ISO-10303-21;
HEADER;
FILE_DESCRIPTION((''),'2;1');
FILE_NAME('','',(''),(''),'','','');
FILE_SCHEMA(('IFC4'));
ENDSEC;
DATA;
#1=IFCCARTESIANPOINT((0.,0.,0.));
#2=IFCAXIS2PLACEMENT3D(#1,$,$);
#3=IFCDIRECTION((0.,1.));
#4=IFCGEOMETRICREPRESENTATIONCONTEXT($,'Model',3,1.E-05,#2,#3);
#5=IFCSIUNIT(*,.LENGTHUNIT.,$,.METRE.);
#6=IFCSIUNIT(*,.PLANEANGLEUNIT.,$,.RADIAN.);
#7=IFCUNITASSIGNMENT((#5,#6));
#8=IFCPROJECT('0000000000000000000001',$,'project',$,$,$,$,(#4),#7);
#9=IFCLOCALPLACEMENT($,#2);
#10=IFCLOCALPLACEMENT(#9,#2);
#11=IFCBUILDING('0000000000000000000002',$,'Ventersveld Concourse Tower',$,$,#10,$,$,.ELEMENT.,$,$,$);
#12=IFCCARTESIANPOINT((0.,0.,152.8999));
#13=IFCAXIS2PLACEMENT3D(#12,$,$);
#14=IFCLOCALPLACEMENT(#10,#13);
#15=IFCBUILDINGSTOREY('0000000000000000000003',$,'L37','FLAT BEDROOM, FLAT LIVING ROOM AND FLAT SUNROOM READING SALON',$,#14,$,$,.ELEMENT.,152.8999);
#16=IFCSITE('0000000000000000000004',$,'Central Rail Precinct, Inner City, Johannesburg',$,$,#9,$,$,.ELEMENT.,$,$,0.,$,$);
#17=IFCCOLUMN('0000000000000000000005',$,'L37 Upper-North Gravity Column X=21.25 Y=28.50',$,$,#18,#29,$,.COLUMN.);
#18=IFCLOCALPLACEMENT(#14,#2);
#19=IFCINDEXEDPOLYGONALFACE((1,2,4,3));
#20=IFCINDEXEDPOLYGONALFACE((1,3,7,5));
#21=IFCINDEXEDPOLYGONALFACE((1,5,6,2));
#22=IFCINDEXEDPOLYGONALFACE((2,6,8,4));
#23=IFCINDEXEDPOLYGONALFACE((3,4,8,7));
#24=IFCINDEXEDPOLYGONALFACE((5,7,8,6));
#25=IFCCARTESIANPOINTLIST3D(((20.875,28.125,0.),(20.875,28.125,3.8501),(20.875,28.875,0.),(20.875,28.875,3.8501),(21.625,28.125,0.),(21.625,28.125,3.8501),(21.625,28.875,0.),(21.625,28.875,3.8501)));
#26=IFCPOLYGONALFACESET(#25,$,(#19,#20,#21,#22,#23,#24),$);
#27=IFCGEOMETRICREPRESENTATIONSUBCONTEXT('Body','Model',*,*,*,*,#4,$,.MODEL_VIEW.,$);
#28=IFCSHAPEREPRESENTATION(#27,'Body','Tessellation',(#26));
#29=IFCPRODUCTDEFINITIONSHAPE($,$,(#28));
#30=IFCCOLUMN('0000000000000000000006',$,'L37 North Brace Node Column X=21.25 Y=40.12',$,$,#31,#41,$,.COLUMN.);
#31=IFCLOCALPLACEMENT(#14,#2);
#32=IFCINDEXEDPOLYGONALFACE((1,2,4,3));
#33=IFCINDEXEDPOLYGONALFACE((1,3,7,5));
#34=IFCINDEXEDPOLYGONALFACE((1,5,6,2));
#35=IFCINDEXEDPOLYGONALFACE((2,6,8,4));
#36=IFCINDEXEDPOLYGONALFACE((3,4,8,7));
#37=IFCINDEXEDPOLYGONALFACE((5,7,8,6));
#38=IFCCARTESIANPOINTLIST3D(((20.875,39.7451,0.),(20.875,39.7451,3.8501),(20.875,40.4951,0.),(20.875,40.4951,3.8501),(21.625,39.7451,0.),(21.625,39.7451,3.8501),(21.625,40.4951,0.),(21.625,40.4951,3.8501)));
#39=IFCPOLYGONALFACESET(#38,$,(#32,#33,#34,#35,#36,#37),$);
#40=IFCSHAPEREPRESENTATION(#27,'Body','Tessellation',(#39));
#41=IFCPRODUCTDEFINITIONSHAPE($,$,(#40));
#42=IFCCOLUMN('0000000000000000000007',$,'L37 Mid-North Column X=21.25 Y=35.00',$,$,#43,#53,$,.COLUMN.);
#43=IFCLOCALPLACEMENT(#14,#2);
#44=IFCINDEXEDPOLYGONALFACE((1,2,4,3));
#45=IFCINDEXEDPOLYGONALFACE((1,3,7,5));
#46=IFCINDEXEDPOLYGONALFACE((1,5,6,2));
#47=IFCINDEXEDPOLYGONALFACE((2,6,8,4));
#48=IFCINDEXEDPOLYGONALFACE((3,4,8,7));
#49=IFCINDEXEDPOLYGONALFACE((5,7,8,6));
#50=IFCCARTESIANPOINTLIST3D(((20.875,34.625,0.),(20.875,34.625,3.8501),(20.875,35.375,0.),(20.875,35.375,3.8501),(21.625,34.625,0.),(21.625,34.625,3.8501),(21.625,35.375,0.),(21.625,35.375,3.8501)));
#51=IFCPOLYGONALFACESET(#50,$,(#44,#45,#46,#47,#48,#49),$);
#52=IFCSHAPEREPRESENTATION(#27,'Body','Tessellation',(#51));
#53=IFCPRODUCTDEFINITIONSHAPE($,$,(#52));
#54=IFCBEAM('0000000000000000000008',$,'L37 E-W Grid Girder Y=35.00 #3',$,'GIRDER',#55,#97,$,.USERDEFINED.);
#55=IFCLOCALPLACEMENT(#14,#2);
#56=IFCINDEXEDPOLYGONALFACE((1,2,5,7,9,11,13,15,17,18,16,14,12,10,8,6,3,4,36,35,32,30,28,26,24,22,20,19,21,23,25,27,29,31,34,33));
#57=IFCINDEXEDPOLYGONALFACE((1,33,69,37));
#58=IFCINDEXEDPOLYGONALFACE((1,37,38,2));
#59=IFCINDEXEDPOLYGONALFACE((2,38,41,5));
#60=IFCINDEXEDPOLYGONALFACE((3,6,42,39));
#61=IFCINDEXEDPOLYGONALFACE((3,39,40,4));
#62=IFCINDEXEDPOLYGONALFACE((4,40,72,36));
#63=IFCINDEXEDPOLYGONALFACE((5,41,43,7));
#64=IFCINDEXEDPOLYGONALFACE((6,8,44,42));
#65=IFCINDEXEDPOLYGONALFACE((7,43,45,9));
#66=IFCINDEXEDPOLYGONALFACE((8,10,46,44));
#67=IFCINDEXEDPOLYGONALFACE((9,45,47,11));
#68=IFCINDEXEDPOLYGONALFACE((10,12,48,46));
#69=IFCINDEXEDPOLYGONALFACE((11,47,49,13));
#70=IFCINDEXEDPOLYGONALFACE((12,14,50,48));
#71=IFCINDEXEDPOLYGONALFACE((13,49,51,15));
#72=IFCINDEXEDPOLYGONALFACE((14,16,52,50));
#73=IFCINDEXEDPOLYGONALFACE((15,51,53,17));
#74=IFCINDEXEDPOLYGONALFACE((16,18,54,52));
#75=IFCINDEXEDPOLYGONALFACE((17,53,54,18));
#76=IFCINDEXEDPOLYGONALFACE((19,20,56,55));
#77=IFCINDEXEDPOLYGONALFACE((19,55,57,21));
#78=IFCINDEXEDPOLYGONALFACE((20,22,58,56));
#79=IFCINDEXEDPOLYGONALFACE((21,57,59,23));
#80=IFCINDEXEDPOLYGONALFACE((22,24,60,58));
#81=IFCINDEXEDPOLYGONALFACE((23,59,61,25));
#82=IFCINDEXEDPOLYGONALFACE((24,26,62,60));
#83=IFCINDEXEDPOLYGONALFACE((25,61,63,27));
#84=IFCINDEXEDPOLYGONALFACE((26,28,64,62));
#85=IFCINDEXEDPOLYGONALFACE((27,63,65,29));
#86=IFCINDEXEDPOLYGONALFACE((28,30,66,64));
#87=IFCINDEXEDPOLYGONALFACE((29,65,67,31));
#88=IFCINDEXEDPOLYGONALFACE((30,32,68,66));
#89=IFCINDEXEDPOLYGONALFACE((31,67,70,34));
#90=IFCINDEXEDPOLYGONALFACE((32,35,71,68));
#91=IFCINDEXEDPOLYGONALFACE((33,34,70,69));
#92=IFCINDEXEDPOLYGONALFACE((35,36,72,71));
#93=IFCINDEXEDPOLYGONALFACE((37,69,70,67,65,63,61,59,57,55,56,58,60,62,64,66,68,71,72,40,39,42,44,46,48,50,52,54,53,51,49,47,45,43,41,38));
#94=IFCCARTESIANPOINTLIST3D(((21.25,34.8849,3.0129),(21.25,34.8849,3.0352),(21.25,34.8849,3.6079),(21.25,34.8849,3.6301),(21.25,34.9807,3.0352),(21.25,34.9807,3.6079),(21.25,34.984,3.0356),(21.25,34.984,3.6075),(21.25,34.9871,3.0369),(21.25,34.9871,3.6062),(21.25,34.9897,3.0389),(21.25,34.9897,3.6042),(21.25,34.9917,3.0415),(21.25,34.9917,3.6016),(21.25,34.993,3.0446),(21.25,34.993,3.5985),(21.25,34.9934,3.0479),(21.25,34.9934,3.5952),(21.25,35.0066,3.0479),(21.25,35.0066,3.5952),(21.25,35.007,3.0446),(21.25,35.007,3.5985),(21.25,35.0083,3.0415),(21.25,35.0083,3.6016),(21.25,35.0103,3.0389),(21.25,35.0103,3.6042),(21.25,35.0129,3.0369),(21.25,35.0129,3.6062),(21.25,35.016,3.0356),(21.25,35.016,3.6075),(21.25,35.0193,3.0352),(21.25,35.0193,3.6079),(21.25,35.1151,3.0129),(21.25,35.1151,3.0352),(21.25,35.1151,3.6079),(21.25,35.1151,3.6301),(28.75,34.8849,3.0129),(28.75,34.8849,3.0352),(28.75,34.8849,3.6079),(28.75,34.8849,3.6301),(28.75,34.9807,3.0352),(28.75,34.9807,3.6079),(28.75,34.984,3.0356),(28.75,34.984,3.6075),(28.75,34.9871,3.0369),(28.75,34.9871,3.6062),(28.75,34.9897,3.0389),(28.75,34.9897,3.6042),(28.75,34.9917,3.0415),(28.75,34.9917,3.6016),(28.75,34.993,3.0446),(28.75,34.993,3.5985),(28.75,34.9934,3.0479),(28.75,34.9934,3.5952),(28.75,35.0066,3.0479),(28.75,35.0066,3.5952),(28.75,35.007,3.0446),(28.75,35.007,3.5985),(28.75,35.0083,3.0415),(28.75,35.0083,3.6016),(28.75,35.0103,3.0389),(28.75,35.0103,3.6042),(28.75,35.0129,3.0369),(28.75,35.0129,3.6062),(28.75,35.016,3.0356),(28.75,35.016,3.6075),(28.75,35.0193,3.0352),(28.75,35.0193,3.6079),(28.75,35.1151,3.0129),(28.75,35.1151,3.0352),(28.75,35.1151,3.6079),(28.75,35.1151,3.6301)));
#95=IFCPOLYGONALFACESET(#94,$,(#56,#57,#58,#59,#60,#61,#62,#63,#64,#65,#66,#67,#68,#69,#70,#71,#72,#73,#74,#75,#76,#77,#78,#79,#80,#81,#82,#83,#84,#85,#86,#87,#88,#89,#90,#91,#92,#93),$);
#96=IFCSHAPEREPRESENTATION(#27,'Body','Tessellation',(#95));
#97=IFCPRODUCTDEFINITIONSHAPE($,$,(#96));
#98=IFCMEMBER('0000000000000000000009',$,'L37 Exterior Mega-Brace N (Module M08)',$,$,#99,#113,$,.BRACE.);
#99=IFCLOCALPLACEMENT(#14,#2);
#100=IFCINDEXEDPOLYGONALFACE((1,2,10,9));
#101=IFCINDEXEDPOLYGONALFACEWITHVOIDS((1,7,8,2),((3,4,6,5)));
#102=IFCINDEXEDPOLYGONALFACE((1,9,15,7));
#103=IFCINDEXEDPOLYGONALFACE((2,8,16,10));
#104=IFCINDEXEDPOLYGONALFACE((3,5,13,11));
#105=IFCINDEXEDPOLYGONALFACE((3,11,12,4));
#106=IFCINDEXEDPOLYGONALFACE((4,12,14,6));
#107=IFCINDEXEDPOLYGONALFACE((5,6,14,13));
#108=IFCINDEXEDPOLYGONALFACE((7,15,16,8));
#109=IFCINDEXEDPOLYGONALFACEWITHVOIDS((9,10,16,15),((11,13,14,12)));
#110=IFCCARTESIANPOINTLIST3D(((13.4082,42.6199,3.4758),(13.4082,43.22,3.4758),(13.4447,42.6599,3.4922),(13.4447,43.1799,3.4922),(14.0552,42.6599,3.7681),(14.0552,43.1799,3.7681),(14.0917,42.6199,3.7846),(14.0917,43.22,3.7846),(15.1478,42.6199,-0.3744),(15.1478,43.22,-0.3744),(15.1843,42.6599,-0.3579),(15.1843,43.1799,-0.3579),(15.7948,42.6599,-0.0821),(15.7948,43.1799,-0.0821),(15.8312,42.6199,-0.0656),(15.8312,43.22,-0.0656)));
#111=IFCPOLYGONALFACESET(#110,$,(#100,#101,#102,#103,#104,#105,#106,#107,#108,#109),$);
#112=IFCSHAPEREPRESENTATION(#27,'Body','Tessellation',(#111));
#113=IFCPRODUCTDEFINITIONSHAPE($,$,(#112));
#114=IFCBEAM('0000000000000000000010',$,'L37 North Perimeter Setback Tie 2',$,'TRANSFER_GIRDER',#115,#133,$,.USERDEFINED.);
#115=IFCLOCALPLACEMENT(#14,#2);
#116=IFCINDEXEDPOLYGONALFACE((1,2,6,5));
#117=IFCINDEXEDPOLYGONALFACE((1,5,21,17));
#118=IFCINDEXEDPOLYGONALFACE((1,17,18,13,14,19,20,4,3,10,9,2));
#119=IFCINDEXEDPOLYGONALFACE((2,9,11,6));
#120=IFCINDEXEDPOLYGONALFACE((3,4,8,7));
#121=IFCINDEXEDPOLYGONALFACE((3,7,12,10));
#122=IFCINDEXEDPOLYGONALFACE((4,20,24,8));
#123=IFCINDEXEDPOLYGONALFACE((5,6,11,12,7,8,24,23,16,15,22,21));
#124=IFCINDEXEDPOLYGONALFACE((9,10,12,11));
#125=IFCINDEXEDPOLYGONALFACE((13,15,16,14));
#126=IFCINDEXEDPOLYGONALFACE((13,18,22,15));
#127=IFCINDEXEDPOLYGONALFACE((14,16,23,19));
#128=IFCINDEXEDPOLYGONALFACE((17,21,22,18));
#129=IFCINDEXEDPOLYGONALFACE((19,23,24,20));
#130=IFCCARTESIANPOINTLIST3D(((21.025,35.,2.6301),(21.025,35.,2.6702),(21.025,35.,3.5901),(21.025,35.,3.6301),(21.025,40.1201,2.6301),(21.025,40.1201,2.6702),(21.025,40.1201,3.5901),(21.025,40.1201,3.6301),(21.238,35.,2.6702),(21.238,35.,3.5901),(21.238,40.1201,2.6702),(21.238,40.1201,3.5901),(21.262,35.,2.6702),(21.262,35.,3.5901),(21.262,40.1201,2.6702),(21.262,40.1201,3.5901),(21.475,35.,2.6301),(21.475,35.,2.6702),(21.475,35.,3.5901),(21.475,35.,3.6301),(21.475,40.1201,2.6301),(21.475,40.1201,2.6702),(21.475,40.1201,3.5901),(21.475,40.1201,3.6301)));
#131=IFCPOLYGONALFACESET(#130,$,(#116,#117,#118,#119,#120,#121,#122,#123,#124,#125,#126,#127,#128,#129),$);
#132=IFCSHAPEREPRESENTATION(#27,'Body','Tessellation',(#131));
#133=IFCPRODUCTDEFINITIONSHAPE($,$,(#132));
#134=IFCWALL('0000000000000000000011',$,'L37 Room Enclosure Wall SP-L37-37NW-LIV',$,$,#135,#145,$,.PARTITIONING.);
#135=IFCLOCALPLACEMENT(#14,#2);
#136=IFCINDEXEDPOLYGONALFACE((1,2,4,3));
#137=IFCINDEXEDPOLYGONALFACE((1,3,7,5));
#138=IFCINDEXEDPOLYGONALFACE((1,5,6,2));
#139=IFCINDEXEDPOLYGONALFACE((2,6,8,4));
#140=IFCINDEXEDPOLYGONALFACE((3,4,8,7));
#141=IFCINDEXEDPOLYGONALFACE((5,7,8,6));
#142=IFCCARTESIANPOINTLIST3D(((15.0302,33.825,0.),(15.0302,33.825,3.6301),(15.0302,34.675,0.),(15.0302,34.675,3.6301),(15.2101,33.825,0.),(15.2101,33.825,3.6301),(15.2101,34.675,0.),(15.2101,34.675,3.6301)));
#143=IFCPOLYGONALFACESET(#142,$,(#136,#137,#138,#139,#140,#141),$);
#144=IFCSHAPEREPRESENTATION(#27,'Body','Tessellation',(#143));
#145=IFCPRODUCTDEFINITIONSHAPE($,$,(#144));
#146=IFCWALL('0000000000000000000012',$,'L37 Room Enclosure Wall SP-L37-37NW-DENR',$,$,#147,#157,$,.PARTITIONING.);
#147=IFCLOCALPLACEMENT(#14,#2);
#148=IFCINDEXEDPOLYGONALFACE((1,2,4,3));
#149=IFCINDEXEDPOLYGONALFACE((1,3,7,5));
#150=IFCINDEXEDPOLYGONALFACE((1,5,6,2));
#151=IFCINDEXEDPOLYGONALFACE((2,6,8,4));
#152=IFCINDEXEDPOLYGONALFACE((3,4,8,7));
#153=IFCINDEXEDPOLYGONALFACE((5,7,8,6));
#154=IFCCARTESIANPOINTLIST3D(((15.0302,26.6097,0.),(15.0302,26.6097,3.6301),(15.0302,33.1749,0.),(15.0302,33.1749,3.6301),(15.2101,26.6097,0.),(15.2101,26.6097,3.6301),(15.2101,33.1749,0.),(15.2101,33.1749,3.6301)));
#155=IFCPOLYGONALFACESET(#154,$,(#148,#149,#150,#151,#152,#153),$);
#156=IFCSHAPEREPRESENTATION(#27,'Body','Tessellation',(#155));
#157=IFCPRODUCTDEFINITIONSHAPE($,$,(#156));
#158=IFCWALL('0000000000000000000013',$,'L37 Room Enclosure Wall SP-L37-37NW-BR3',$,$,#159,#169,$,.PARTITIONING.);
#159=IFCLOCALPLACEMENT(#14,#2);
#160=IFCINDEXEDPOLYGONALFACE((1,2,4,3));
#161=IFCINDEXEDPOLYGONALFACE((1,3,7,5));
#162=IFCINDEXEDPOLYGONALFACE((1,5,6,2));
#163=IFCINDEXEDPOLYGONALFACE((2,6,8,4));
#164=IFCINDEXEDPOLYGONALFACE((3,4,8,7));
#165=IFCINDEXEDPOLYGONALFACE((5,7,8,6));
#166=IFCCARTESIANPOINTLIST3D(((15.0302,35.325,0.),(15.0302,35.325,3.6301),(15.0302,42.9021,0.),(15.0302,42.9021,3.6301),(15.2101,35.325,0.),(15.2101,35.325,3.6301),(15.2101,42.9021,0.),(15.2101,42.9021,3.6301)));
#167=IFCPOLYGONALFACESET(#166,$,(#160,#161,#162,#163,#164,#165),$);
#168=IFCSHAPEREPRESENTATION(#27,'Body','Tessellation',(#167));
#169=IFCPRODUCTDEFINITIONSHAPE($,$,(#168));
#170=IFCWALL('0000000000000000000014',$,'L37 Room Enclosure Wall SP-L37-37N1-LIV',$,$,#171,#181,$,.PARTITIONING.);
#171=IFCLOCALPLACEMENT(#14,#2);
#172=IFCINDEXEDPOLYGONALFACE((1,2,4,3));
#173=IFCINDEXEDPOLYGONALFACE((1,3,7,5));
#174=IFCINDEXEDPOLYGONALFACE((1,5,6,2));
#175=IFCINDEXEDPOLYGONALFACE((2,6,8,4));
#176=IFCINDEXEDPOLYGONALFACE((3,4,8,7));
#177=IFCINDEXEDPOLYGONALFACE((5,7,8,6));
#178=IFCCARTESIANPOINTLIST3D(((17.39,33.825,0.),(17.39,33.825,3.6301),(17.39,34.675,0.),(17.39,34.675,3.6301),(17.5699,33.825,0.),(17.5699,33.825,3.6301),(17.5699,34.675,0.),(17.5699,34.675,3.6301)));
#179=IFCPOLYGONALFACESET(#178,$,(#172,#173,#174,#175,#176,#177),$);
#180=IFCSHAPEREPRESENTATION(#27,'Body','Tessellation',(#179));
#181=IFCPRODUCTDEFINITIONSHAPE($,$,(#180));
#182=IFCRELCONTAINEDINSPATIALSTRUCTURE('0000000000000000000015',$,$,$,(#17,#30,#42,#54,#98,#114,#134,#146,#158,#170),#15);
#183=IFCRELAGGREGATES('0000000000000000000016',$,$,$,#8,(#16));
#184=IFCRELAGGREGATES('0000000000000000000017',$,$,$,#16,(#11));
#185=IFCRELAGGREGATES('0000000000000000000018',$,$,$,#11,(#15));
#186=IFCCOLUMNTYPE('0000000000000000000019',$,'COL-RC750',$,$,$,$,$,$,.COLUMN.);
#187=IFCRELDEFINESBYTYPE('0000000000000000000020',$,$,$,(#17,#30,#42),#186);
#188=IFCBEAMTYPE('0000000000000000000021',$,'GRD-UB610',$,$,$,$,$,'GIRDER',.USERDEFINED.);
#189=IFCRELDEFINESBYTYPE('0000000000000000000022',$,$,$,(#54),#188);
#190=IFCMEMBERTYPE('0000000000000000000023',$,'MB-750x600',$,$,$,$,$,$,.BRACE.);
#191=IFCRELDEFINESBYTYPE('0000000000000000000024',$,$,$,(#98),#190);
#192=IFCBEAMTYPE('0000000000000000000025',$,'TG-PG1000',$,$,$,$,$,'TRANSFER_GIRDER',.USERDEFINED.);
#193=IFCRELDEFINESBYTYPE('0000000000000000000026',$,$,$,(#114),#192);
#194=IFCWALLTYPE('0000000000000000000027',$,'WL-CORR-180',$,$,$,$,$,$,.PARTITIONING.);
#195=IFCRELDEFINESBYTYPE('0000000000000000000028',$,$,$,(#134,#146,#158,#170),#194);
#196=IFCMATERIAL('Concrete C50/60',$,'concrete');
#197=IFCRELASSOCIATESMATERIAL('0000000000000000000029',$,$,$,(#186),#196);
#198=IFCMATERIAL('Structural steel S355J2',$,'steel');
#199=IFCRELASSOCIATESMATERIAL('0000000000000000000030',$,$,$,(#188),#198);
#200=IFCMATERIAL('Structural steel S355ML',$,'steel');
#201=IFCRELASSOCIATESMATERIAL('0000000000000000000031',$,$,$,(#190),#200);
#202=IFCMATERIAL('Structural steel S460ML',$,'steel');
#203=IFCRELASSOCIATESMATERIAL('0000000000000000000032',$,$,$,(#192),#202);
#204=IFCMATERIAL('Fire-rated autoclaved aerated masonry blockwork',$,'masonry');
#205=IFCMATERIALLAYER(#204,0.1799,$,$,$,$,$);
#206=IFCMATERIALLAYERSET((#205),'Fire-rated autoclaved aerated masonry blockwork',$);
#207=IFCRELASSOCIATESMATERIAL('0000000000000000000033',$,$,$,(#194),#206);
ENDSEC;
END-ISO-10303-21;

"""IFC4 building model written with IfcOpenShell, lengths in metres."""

from ifc_helpers import new_model, si_unit, direction, frame, frame_2d, origin, origin_2d, place, context, subcontext, project, spatial, rectangle, hollow_rectangle, i_section, extrude, material, layer, layer_set, material_profile, profile_set, type_object, element, save


model = new_model("IFC4")

# Units and contexts
model_context = context("Model", 3, precision=1e-05, world=origin(), true_north=direction((0.0, 1.0)))
body_context = subcontext(model_context, "Body", "Model", "MODEL_VIEW")
ifc_project = project(units=[si_unit("LENGTHUNIT", "METRE"), si_unit("PLANEANGLEUNIT", "RADIAN")], contexts=[model_context])

# Site, building, storey
site_placement = place(None, origin())
site = spatial("IfcSite", under=ifc_project, at=site_placement, Name="Central Rail Precinct, Inner City, Johannesburg", CompositionType="ELEMENT", RefElevation=0.0)
building_placement = place(site_placement, origin())
building = spatial("IfcBuilding", under=site, at=building_placement, Name="Ventersveld Concourse Tower", CompositionType="ELEMENT")
storey_placement = place(building_placement, frame((0.0, 0.0, 152.8999)))
storey = spatial("IfcBuildingStorey", under=building, at=storey_placement, Name="L37", Description="FLAT BEDROOM, FLAT LIVING ROOM AND FLAT SUNROOM READING SALON", CompositionType="ELEMENT", Elevation=152.8999)

# Columns
ifc_material_1 = material(Name="Concrete C50/60", Category="concrete")
ifc_material_profile_1 = material_profile(ifc_material_1, rectangle(XDim=0.75, YDim=0.75, at=origin_2d()), Name="RC 750x750")
ifc_profile_set_1 = profile_set([ifc_material_profile_1], Name="Concrete C50/60")
column_type = type_object("IfcColumnType", Name="COL-RC750", PredefinedType="COLUMN", material=ifc_profile_set_1)
for number, where, z_axis, x_axis, name in (
    (1, (21.25, 28.5, 0.0), (0.0, 0.0, 1.0), (1.0, 0.0, 0.0), "L37 Upper-North Gravity Column X=21.25 Y=28.50"),
    (2, (21.25, 40.1201, 0.0), (0.0, 0.0, 1.0), (1.0, 0.0, 0.0), "L37 North Brace Node Column X=21.25 Y=40.12"),
    (3, (21.25, 35.0, 0.0), (0.0, 0.0, 1.0), (1.0, 0.0, 0.0), "L37 Mid-North Column X=21.25 Y=35.00"),
):
    element("IfcColumn", number, at=place(storey_placement, frame(where, z_axis=z_axis, x_axis=x_axis)), inside=storey, type_object=column_type, Name=name, PredefinedType="COLUMN", context=body_context, shape_type="SweptSolid", body=[
        extrude(rectangle(XDim=0.75, YDim=0.75, at=origin_2d()), origin(), (0.0, 0.0, 1.0), 3.8501),
    ])

# Beam
ifc_material_2 = material(Name="Structural steel S355J2", Category="steel")
ifc_material_profile_2 = material_profile(ifc_material_2, i_section(OverallWidth=0.2302, OverallDepth=0.6172, WebThickness=0.0132, FlangeThickness=0.0222, FilletRadius=0.0127, at=origin_2d()), Name="UB 610x229x140")
ifc_profile_set_2 = profile_set([ifc_material_profile_2], Name="Structural steel S355J2")
beam_type_1 = type_object("IfcBeamType", Name="GRD-UB610", ElementType="GIRDER", PredefinedType="USERDEFINED", material=ifc_profile_set_2)
beam_1_placement = place(storey_placement, frame((21.25, 35.0, 3.3215), z_axis=(1.0, 0.0, 0.0), x_axis=(0.0, 1.0, 0.0)))
element("IfcBeam", 4, at=beam_1_placement, inside=storey, type_object=beam_type_1, Name="L37 E-W Grid Girder Y=35.00 #3", ObjectType="GIRDER", PredefinedType="USERDEFINED", context=body_context, shape_type="SweptSolid", body=[
    extrude(i_section(OverallWidth=0.2302, OverallDepth=0.6172, WebThickness=0.0132, FlangeThickness=0.0222, FilletRadius=0.0127, at=origin_2d()), origin(), (0.0, 0.0, 1.0), 7.5),
])

# Member
ifc_material_3 = material(Name="Structural steel S355ML", Category="steel")
ifc_material_profile_3 = material_profile(ifc_material_3, hollow_rectangle(XDim=0.6001, YDim=0.75, WallThickness=0.04, at=origin_2d()), Name="BOX 750x600x40")
ifc_profile_set_3 = profile_set([ifc_material_profile_3], Name="Structural steel S355ML")
member_type = type_object("IfcMemberType", Name="MB-750x600", PredefinedType="BRACE", material=ifc_profile_set_3)
member_placement = place(storey_placement, frame((15.4895, 42.9199, -0.22), z_axis=(-0.411734, 0.0, 0.911304), x_axis=(0.0, -1.0, 0.0)))
element("IfcMember", 5, at=member_placement, inside=storey, type_object=member_type, Name="L37 Exterior Mega-Brace N (Module M08)", PredefinedType="BRACE", context=body_context, shape_type="SweptSolid", body=[
    extrude(hollow_rectangle(XDim=0.6001, YDim=0.75, WallThickness=0.04, at=origin_2d()), origin(), (0.0, 0.0, 1.0), 4.2249),
])

# Beam
ifc_material_4 = material(Name="Structural steel S460ML", Category="steel")
ifc_material_profile_4 = material_profile(ifc_material_4, i_section(OverallWidth=0.45, OverallDepth=1.0, WebThickness=0.0239, FlangeThickness=0.04, at=origin_2d()), Name="PG 1000x450x40")
ifc_profile_set_4 = profile_set([ifc_material_profile_4], Name="Structural steel S460ML")
beam_type_2 = type_object("IfcBeamType", Name="TG-PG1000", ElementType="TRANSFER_GIRDER", PredefinedType="USERDEFINED", material=ifc_profile_set_4)
beam_2_placement = place(storey_placement, frame((21.25, 35.0, 3.1301), z_axis=(0.0, 1.0, 0.0), x_axis=(-1.0, 0.0, 0.0)))
element("IfcBeam", 6, at=beam_2_placement, inside=storey, type_object=beam_type_2, Name="L37 North Perimeter Setback Tie 2", ObjectType="TRANSFER_GIRDER", PredefinedType="USERDEFINED", context=body_context, shape_type="SweptSolid", body=[
    extrude(i_section(OverallWidth=0.45, OverallDepth=1.0, WebThickness=0.0239, FlangeThickness=0.04, at=origin_2d()), origin(), (0.0, 0.0, 1.0), 5.1201),
])

# Walls
ifc_material_5 = material(Name="Fire-rated autoclaved aerated masonry blockwork", Category="masonry")
ifc_layer_1 = layer(ifc_material_5, 0.1799)
ifc_layer_set_1 = layer_set([ifc_layer_1], Name="Fire-rated autoclaved aerated masonry blockwork")
wall_type_1 = type_object("IfcWallType", Name="WL-CORR-180", PredefinedType="PARTITIONING", material=ifc_layer_set_1)
wall_1_placement = place(storey_placement, frame((15.1201, 34.675, 0.0), z_axis=(0.0, 0.0, 1.0), x_axis=(0.0, -1.0, 0.0)))
element("IfcWall", 7, at=wall_1_placement, inside=storey, type_object=wall_type_1, Name="L37 Room Enclosure Wall SP-L37-37NW-LIV", PredefinedType="PARTITIONING", context=body_context, shape_type="SweptSolid", body=[
    extrude(rectangle(XDim=0.8501, YDim=0.1799, at=frame_2d((0.425, 0.0))), origin(), (0.0, 0.0, 1.0), 3.6301),
])
wall_2_placement = place(storey_placement, frame((15.1201, 33.175, 0.0), z_axis=(0.0, 0.0, 1.0), x_axis=(0.0, -1.0, 0.0)))
element("IfcWall", 8, at=wall_2_placement, inside=storey, type_object=wall_type_1, Name="L37 Room Enclosure Wall SP-L37-37NW-DENR", PredefinedType="PARTITIONING", context=body_context, shape_type="SweptSolid", body=[
    extrude(rectangle(XDim=6.5652, YDim=0.1799, at=frame_2d((3.2827, 0.0))), origin(), (0.0, 0.0, 1.0), 3.6301),
])
wall_3_placement = place(storey_placement, frame((15.1201, 42.9021, 0.0), z_axis=(0.0, 0.0, 1.0), x_axis=(0.0, -1.0, 0.0)))
element("IfcWall", 9, at=wall_3_placement, inside=storey, type_object=wall_type_1, Name="L37 Room Enclosure Wall SP-L37-37NW-BR3", PredefinedType="PARTITIONING", context=body_context, shape_type="SweptSolid", body=[
    extrude(rectangle(XDim=7.5771, YDim=0.1799, at=frame_2d((3.7886, 0.0))), origin(), (0.0, 0.0, 1.0), 3.6301),
])
wall_4_placement = place(storey_placement, frame((17.48, 33.825, 0.0), z_axis=(0.0, 0.0, 1.0), x_axis=(0.0, 1.0, 0.0)))
element("IfcWall", 10, at=wall_4_placement, inside=storey, type_object=wall_type_1, Name="L37 Room Enclosure Wall SP-L37-37N1-LIV", PredefinedType="PARTITIONING", context=body_context, shape_type="SweptSolid", body=[
    extrude(rectangle(XDim=0.8501, YDim=0.1799, at=frame_2d((0.425, 0.0))), origin(), (0.0, 0.0, 1.0), 3.6301),
])

save(model, "model.ifc")
